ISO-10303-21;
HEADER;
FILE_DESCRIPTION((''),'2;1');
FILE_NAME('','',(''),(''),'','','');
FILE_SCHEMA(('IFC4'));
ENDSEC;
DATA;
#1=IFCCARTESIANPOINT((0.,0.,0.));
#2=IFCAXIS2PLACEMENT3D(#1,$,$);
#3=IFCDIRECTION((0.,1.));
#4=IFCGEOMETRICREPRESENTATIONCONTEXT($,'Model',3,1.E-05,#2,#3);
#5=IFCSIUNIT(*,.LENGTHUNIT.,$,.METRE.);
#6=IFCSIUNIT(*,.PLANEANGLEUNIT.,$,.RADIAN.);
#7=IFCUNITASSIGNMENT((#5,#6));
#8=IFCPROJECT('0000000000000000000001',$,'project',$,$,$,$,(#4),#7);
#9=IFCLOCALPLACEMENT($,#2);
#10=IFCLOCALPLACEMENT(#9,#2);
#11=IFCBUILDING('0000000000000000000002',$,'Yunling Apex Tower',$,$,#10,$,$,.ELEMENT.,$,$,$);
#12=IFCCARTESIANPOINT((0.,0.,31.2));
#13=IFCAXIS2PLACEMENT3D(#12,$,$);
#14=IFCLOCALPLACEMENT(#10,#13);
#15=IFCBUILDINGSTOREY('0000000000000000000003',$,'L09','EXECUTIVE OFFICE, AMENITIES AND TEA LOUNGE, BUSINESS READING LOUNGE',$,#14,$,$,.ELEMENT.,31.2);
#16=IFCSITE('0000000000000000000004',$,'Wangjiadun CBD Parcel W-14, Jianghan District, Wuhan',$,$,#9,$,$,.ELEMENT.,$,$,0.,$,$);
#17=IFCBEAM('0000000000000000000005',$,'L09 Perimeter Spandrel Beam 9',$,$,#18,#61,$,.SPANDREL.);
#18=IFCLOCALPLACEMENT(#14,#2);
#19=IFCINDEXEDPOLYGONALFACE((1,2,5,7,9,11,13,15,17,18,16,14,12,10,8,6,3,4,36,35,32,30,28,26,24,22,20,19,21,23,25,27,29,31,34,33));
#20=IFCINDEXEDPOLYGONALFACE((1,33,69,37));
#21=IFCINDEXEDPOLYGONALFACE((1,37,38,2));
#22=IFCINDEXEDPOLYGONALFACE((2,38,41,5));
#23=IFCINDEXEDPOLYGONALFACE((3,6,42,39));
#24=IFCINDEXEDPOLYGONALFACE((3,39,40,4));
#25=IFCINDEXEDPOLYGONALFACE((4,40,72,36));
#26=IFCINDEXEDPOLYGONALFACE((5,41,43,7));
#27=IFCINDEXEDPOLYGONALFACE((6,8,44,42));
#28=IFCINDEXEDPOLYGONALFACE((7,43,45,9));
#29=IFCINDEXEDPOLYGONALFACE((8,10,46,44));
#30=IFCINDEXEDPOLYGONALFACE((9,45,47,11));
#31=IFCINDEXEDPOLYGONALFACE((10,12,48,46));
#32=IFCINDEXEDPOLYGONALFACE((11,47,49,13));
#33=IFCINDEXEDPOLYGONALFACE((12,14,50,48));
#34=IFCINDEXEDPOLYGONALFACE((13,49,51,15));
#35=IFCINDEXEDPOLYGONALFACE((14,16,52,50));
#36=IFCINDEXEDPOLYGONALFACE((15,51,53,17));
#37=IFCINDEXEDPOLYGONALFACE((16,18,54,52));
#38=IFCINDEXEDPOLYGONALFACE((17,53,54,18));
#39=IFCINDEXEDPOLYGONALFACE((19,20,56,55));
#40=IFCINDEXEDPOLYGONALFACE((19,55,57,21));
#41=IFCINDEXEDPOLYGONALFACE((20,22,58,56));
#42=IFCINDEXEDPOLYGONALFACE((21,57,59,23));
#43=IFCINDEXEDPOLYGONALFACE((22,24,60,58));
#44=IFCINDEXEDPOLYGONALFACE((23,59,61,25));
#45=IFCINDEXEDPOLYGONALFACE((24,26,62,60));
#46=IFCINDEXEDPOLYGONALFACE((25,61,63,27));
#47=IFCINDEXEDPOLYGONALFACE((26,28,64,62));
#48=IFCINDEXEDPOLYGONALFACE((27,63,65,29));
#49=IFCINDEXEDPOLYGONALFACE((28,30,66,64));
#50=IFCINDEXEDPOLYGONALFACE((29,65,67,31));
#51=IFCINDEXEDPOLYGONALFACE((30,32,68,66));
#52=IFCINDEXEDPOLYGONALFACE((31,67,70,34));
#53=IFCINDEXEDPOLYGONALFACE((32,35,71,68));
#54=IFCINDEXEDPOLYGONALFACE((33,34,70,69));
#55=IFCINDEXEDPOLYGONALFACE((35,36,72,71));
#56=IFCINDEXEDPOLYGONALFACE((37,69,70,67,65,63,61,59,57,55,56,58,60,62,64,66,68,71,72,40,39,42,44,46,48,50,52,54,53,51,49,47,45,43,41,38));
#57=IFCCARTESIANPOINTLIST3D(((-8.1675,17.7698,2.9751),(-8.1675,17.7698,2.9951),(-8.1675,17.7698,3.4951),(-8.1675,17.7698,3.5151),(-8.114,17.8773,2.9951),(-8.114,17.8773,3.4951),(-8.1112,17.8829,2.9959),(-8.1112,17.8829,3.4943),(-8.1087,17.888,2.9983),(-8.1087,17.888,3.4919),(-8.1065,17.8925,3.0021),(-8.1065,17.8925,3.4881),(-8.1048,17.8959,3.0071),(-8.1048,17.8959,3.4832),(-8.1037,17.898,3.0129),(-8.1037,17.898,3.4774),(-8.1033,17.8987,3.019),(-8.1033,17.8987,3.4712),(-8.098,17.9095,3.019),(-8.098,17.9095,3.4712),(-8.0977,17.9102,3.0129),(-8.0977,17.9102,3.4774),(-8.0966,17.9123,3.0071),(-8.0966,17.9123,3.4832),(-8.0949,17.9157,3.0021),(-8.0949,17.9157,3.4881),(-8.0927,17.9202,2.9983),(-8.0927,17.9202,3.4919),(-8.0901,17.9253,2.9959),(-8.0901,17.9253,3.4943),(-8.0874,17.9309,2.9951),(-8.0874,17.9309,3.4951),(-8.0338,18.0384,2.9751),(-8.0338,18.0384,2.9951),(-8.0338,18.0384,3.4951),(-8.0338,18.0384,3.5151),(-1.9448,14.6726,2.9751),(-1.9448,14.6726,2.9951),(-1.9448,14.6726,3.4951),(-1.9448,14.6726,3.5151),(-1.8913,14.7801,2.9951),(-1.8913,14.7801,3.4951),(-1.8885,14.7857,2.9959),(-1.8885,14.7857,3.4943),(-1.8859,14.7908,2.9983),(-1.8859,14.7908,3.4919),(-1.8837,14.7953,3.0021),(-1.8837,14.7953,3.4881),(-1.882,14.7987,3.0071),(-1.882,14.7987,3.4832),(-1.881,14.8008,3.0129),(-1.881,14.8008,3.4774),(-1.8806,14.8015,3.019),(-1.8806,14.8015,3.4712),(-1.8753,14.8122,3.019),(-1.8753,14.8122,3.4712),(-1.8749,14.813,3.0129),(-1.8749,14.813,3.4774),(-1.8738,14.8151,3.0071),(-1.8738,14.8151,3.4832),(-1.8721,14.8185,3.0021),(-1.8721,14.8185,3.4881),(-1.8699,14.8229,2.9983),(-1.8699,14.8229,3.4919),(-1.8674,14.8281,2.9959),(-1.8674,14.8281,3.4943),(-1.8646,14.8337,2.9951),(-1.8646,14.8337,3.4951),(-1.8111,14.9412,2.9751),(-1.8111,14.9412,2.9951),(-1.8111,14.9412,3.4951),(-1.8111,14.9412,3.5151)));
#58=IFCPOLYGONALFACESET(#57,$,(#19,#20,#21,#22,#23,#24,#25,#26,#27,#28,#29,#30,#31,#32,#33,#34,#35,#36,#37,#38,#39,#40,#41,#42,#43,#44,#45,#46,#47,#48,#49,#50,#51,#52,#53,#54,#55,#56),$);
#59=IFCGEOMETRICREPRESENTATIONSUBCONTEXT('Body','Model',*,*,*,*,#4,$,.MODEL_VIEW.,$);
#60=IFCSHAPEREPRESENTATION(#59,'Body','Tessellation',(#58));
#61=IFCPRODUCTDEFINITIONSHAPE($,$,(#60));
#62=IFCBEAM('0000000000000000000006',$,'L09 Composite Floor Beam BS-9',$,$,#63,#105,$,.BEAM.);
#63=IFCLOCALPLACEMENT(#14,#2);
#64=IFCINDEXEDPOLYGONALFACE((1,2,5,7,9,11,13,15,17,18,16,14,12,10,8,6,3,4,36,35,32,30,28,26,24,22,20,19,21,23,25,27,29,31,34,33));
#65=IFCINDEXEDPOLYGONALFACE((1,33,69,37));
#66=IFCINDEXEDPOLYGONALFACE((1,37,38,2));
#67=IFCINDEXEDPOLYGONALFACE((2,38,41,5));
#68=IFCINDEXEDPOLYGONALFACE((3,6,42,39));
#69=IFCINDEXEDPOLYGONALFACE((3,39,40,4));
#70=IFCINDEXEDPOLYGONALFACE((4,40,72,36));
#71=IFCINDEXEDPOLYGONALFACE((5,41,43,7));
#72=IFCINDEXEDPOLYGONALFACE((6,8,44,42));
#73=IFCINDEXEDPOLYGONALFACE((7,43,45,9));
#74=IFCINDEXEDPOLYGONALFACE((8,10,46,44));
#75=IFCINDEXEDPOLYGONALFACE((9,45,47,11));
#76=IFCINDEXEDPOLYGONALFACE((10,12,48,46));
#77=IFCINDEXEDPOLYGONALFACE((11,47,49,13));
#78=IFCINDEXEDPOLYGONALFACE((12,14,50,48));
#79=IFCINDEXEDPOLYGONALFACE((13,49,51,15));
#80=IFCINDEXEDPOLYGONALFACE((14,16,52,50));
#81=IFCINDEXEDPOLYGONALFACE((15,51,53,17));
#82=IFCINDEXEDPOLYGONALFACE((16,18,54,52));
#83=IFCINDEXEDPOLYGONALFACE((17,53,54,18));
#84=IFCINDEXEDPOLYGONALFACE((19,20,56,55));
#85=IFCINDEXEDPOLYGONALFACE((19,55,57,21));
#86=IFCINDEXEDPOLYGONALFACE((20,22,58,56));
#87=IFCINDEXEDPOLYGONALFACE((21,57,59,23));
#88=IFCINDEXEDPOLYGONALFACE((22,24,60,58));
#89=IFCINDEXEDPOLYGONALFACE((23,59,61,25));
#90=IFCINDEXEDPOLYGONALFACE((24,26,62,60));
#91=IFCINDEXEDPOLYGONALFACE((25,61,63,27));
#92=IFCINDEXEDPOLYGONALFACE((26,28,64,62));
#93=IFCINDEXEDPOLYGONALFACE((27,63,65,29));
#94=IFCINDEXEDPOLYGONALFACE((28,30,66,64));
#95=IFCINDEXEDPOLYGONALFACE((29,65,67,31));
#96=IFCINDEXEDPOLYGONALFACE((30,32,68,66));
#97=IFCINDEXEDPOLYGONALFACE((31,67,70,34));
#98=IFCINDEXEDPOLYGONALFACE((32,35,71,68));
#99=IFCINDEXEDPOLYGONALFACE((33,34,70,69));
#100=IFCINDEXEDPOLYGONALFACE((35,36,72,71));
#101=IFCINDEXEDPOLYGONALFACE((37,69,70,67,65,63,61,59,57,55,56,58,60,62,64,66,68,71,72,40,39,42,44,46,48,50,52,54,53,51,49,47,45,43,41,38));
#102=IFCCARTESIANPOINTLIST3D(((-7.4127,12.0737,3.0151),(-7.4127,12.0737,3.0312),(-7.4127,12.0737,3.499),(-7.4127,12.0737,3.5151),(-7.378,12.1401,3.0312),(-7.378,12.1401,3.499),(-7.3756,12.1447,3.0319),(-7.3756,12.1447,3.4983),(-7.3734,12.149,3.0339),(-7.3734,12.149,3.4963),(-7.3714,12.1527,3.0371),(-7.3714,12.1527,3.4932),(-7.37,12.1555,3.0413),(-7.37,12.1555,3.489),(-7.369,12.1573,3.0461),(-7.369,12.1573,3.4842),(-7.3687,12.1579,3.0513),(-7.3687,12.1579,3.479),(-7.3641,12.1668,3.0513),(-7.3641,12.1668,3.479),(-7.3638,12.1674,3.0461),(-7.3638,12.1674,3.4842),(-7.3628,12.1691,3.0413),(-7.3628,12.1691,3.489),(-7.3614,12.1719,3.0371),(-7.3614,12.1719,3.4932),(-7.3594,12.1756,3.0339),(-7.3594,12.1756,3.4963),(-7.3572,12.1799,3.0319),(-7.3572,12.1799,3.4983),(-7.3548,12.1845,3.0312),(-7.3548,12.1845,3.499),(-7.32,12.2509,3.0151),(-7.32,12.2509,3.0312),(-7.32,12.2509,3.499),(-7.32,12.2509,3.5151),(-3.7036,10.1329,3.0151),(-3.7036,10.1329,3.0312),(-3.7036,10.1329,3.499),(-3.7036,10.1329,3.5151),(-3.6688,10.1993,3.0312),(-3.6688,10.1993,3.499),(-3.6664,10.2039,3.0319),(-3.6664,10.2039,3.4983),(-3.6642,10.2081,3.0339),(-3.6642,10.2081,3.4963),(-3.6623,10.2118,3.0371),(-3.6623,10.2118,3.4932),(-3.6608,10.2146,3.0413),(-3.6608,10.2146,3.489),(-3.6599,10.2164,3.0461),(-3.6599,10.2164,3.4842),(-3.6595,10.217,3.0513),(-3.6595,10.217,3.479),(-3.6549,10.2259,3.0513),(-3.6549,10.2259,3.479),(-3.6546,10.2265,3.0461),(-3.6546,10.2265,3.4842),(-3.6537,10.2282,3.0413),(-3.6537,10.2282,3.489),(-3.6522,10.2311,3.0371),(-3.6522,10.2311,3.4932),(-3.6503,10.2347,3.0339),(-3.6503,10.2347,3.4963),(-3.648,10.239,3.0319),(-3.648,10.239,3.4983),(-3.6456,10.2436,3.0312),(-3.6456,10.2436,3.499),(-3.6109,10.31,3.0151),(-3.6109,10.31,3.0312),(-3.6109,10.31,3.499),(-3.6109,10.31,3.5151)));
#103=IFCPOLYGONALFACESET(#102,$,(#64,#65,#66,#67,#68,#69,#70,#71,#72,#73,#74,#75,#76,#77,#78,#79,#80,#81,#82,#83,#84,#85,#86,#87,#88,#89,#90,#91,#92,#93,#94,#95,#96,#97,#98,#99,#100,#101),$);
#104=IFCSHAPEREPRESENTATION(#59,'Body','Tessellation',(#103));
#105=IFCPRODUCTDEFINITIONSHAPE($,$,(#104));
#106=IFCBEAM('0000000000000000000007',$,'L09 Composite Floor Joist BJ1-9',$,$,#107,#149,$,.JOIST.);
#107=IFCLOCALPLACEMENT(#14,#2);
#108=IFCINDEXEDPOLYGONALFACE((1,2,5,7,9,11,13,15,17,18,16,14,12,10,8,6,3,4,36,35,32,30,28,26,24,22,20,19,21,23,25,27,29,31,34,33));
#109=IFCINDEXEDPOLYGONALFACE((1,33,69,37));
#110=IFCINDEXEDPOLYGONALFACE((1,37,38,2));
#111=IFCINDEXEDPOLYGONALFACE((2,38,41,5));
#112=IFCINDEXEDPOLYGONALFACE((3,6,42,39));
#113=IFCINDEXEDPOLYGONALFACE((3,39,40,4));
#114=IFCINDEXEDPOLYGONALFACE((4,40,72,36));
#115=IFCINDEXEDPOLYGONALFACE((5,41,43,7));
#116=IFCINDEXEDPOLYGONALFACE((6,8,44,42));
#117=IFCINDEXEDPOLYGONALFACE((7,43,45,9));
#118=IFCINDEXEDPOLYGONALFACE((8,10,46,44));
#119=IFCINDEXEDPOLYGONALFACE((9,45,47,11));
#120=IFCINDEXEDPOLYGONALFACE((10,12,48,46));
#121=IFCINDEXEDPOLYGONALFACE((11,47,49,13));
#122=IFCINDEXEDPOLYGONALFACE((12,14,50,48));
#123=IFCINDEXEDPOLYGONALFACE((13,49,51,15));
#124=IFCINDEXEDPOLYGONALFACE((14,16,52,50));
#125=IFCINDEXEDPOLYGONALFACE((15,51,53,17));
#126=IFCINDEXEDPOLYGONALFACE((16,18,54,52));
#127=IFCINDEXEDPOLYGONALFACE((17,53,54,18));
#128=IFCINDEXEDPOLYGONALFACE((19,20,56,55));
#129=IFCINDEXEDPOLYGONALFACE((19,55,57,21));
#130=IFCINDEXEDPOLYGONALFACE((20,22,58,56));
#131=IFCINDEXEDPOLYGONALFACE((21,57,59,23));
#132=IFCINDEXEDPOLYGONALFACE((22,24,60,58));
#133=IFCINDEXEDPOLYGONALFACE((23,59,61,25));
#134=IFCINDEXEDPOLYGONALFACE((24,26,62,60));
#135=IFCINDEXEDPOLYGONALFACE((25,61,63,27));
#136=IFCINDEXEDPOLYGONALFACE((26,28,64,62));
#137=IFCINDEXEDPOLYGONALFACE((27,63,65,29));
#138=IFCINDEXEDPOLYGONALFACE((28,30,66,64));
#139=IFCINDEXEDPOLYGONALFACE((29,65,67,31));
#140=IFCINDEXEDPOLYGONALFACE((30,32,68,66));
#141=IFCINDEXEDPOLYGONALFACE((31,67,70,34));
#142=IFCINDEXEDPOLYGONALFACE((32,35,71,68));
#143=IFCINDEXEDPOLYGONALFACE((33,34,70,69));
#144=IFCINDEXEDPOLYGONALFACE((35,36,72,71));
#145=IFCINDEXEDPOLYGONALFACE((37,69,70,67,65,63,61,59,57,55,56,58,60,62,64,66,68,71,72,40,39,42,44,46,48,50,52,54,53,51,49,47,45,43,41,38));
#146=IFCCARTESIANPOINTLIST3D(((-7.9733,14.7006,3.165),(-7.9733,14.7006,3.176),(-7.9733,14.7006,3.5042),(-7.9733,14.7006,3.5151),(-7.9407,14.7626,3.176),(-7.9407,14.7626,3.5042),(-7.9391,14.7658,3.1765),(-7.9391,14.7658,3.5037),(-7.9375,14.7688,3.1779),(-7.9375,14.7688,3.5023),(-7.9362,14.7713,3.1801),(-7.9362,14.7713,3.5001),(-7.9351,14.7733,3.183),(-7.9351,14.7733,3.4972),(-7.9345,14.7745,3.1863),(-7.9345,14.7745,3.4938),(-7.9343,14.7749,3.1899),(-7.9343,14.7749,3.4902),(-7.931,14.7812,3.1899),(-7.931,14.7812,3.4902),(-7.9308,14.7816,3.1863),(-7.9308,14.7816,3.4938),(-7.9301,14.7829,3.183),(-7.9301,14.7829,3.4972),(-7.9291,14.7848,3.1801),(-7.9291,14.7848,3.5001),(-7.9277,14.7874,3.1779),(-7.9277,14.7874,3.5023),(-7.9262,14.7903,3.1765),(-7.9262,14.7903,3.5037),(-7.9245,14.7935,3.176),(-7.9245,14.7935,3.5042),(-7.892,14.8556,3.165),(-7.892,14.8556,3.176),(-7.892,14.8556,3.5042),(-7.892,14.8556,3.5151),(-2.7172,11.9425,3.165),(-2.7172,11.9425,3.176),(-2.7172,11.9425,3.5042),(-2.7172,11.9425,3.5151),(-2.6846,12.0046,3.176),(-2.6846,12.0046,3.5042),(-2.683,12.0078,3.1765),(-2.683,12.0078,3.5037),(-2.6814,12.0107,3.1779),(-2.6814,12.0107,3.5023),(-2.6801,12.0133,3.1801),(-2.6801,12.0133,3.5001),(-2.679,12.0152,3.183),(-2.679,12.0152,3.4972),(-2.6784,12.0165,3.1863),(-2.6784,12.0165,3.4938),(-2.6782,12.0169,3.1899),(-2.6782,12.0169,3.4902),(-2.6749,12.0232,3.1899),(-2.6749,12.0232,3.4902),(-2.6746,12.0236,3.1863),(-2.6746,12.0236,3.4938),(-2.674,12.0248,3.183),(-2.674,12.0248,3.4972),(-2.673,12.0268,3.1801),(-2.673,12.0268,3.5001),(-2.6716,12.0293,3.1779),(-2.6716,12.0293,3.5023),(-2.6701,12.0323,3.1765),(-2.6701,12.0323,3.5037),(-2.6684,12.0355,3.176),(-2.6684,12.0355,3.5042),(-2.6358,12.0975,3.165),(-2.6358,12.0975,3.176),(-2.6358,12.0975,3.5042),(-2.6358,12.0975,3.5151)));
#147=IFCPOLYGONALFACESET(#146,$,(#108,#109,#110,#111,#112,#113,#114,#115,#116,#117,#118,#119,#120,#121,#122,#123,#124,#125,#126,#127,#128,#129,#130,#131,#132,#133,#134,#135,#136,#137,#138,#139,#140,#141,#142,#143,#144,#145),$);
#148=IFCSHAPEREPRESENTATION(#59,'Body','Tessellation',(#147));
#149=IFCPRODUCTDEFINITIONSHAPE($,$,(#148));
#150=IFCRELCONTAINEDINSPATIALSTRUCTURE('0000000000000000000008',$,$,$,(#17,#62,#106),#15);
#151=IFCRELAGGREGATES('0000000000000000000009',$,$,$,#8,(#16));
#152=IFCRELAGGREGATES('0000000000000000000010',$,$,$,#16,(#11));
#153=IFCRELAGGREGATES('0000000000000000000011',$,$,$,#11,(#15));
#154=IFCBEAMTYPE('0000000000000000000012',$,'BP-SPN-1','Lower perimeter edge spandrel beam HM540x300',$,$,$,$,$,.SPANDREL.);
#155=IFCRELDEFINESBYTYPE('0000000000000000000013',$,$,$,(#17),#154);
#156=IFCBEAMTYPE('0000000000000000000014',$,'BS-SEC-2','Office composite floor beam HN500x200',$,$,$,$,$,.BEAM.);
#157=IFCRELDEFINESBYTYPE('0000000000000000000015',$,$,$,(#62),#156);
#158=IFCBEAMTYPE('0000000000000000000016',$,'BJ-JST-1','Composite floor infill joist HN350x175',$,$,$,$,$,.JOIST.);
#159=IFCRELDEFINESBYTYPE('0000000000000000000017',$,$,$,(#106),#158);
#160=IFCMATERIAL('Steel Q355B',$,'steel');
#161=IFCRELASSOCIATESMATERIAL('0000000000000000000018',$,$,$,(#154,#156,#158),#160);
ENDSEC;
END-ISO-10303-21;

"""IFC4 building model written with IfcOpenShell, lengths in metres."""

from ifc_helpers import new_model, si_unit, direction, frame, origin, origin_2d, place, context, subcontext, project, spatial, i_section, extrude, source, transform, mapped, material, material_profile, profile_set, type_object, element, save


model = new_model("IFC4")

# Units and contexts
model_context = context("Model", 3, precision=1e-05, world=origin(), true_north=direction((0.0, 1.0)))
body_context = subcontext(model_context, "Body", "Model", "MODEL_VIEW")
ifc_project = project(units=[si_unit("LENGTHUNIT", "METRE"), si_unit("PLANEANGLEUNIT", "RADIAN")], contexts=[model_context])

# Site, building, storey
site_placement = place(None, origin())
site = spatial("IfcSite", under=ifc_project, at=site_placement, Name="Wangjiadun CBD Parcel W-14, Jianghan District, Wuhan", CompositionType="ELEMENT", RefElevation=0.0)
building_placement = place(site_placement, origin())
building = spatial("IfcBuilding", under=site, at=building_placement, Name="Yunling Apex Tower", CompositionType="ELEMENT")
storey_placement = place(building_placement, frame((0.0, 0.0, 31.2)))
storey = spatial("IfcBuildingStorey", under=building, at=storey_placement, Name="L09", Description="EXECUTIVE OFFICE, AMENITIES AND TEA LOUNGE, BUSINESS READING LOUNGE", CompositionType="ELEMENT", Elevation=31.2)

# Beams
ifc_material_1 = material(Name="Steel Q355B", Category="steel")
ifc_material_profile_1 = material_profile(ifc_material_1, i_section(OverallWidth=0.3, OverallDepth=0.54, WebThickness=0.012, FlangeThickness=0.02, FilletRadius=0.0239, at=origin_2d()))
ifc_profile_set_1 = profile_set([ifc_material_profile_1], Name="Steel Q355B")
beam_type_1 = type_object("IfcBeamType", Name="BP-SPN-1", Description="Lower perimeter edge spandrel beam HM540x300", PredefinedType="SPANDREL", material=ifc_profile_set_1)
shared_shape_1 = source(origin(), body_context, "Body", "SweptSolid", [
    extrude(i_section(OverallWidth=0.3, OverallDepth=0.54, WebThickness=0.012, FlangeThickness=0.02, FilletRadius=0.0239, at=origin_2d()), origin(), (0.0, 0.0, 1.0), 6.9509),
])
beam_1_placement = place(storey_placement, frame((-1.8779, 14.8069, 3.2451), z_axis=(-0.895241, 0.445583, 0.0), x_axis=(-0.445583, -0.895241, 0.0)))
element("IfcBeam", 1, at=beam_1_placement, inside=storey, type_object=beam_type_1, Name="L09 Perimeter Spandrel Beam 9", PredefinedType="SPANDREL", context=body_context, shape_type="MappedRepresentation", body=[
    mapped(shared_shape_1, transform((0.0, 0.0, 0.0), scale=1.0)),
])
ifc_material_profile_2 = material_profile(ifc_material_1, i_section(OverallWidth=0.2, OverallDepth=0.5, WebThickness=0.01, FlangeThickness=0.0161, FilletRadius=0.02, at=origin_2d()))
ifc_profile_set_2 = profile_set([ifc_material_profile_2], Name="Steel Q355B")
beam_type_2 = type_object("IfcBeamType", Name="BS-SEC-2", Description="Office composite floor beam HN500x200", PredefinedType="BEAM", material=ifc_profile_set_2)
shared_shape_2 = source(origin(), body_context, "Body", "SweptSolid", [
    extrude(i_section(OverallWidth=0.2, OverallDepth=0.5, WebThickness=0.01, FlangeThickness=0.0161, FilletRadius=0.02, at=origin_2d()), origin(), (0.0, 0.0, 1.0), 4.1863),
])
beam_2_placement = place(storey_placement, frame((-3.6572, 10.2214, 3.2651), z_axis=(-0.886029, 0.46363, 0.0), x_axis=(-0.46363, -0.886029, 0.0)))
element("IfcBeam", 2, at=beam_2_placement, inside=storey, type_object=beam_type_2, Name="L09 Composite Floor Beam BS-9", PredefinedType="BEAM", context=body_context, shape_type="MappedRepresentation", body=[
    mapped(shared_shape_2, transform((0.0, 0.0, 0.0), scale=1.0)),
])
ifc_material_profile_3 = material_profile(ifc_material_1, i_section(OverallWidth=0.175, OverallDepth=0.3501, WebThickness=0.0071, FlangeThickness=0.011, FilletRadius=0.0139, at=origin_2d()))
ifc_profile_set_3 = profile_set([ifc_material_profile_3], Name="Steel Q355B")
beam_type_3 = type_object("IfcBeamType", Name="BJ-JST-1", Description="Composite floor infill joist HN350x175", PredefinedType="JOIST", material=ifc_profile_set_3)
shared_shape_3 = source(origin(), body_context, "Body", "SweptSolid", [
    extrude(i_section(OverallWidth=0.175, OverallDepth=0.3501, WebThickness=0.0071, FlangeThickness=0.011, FilletRadius=0.0139, at=origin_2d()), origin(), (0.0, 0.0, 1.0), 5.9358),
])
beam_3_placement = place(storey_placement, frame((-2.6765, 12.02, 3.3401), z_axis=(-0.885495, 0.464649, 0.0), x_axis=(-0.464649, -0.885495, 0.0)))
element("IfcBeam", 3, at=beam_3_placement, inside=storey, type_object=beam_type_3, Name="L09 Composite Floor Joist BJ1-9", PredefinedType="JOIST", context=body_context, shape_type="MappedRepresentation", body=[
    mapped(shared_shape_3, transform((0.0, 0.0, 0.0), scale=1.0)),
])

save(model, "model.ifc")
